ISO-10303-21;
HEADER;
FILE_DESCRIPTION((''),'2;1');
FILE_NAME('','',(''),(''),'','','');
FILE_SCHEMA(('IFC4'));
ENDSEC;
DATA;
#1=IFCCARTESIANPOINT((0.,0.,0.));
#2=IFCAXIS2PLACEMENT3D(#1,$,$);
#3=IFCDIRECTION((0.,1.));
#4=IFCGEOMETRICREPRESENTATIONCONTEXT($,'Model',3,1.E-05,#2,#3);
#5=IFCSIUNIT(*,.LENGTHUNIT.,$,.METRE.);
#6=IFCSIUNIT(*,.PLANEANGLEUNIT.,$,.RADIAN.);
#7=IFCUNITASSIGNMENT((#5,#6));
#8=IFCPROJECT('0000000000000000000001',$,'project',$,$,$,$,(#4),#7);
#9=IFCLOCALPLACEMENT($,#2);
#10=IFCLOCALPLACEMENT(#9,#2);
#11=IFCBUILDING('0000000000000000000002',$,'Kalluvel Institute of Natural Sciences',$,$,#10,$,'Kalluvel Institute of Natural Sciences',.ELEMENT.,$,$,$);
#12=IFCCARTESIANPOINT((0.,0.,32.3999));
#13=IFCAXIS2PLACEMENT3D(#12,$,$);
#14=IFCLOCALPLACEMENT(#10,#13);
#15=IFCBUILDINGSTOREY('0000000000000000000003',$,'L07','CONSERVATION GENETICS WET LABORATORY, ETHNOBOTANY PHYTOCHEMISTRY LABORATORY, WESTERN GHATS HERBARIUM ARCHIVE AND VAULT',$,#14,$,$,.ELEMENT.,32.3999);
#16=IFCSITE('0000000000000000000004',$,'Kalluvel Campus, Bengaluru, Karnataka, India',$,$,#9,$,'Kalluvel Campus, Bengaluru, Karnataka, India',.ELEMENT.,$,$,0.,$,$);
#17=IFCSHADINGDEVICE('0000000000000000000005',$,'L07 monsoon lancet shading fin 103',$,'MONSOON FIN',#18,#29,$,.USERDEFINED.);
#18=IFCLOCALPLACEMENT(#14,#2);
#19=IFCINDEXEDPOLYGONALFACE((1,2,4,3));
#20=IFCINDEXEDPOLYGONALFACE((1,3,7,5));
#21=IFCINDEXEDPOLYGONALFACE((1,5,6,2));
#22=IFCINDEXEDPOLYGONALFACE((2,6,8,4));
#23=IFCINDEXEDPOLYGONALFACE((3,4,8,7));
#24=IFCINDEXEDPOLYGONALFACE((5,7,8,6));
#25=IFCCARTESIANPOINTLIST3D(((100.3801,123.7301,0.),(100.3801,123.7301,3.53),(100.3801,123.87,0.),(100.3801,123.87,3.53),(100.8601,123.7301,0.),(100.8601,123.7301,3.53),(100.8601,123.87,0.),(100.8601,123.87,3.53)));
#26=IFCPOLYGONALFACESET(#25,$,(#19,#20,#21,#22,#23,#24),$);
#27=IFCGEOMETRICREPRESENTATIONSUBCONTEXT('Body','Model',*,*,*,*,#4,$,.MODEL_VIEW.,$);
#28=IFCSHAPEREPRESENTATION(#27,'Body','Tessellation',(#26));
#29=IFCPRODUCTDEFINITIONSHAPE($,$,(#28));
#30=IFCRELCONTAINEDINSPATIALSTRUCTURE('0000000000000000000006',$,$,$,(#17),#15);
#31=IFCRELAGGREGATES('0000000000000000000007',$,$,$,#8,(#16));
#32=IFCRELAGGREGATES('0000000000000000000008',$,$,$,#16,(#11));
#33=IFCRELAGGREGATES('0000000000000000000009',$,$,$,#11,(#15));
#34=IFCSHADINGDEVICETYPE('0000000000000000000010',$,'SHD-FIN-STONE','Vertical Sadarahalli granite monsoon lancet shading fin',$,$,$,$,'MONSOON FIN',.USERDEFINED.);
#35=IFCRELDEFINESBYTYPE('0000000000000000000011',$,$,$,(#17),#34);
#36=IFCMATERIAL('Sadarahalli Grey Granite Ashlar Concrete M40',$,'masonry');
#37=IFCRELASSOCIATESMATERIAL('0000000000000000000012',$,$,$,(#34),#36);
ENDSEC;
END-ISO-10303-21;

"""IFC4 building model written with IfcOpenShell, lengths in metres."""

from ifc_helpers import new_model, si_unit, direction, frame, origin, origin_2d, place, context, subcontext, project, spatial, rectangle, extrude, material, type_object, element, save


model = new_model("IFC4")

# Units and contexts
model_context = context("Model", 3, precision=1e-05, world=origin(), true_north=direction((0.0, 1.0)))
body_context = subcontext(model_context, "Body", "Model", "MODEL_VIEW")
ifc_project = project(units=[si_unit("LENGTHUNIT", "METRE"), si_unit("PLANEANGLEUNIT", "RADIAN")], contexts=[model_context])

# Site, building, storey
site_placement = place(None, origin())
site = spatial("IfcSite", under=ifc_project, at=site_placement, Name="Kalluvel Campus, Bengaluru, Karnataka, India", LongName="Kalluvel Campus, Bengaluru, Karnataka, India", CompositionType="ELEMENT", RefElevation=0.0)
building_placement = place(site_placement, origin())
building = spatial("IfcBuilding", under=site, at=building_placement, Name="Kalluvel Institute of Natural Sciences", LongName="Kalluvel Institute of Natural Sciences", CompositionType="ELEMENT")
storey_placement = place(building_placement, frame((0.0, 0.0, 32.3999)))
storey = spatial("IfcBuildingStorey", under=building, at=storey_placement, Name="L07", Description="CONSERVATION GENETICS WET LABORATORY, ETHNOBOTANY PHYTOCHEMISTRY LABORATORY, WESTERN GHATS HERBARIUM ARCHIVE AND VAULT", CompositionType="ELEMENT", Elevation=32.3999)

# Shading device
ifc_material_1 = material(Name="Sadarahalli Grey Granite Ashlar Concrete M40", Category="masonry")
shading_device_type = type_object("IfcShadingDeviceType", Name="SHD-FIN-STONE", Description="Vertical Sadarahalli granite monsoon lancet shading fin", ElementType="MONSOON FIN", PredefinedType="USERDEFINED", material=ifc_material_1)
shading_device_placement = place(storey_placement, frame((100.6201, 123.8, 0.0), z_axis=(0.0, 0.0, 1.0), x_axis=(0.0, 1.0, 0.0)))
element("IfcShadingDevice", 1, at=shading_device_placement, inside=storey, type_object=shading_device_type, Name="L07 monsoon lancet shading fin 103", ObjectType="MONSOON FIN", PredefinedType="USERDEFINED", context=body_context, shape_type="SweptSolid", body=[
    extrude(rectangle(XDim=0.1399, YDim=0.48, at=origin_2d()), origin(), (0.0, 0.0, 1.0), 3.53),
])

save(model, "model.ifc")
